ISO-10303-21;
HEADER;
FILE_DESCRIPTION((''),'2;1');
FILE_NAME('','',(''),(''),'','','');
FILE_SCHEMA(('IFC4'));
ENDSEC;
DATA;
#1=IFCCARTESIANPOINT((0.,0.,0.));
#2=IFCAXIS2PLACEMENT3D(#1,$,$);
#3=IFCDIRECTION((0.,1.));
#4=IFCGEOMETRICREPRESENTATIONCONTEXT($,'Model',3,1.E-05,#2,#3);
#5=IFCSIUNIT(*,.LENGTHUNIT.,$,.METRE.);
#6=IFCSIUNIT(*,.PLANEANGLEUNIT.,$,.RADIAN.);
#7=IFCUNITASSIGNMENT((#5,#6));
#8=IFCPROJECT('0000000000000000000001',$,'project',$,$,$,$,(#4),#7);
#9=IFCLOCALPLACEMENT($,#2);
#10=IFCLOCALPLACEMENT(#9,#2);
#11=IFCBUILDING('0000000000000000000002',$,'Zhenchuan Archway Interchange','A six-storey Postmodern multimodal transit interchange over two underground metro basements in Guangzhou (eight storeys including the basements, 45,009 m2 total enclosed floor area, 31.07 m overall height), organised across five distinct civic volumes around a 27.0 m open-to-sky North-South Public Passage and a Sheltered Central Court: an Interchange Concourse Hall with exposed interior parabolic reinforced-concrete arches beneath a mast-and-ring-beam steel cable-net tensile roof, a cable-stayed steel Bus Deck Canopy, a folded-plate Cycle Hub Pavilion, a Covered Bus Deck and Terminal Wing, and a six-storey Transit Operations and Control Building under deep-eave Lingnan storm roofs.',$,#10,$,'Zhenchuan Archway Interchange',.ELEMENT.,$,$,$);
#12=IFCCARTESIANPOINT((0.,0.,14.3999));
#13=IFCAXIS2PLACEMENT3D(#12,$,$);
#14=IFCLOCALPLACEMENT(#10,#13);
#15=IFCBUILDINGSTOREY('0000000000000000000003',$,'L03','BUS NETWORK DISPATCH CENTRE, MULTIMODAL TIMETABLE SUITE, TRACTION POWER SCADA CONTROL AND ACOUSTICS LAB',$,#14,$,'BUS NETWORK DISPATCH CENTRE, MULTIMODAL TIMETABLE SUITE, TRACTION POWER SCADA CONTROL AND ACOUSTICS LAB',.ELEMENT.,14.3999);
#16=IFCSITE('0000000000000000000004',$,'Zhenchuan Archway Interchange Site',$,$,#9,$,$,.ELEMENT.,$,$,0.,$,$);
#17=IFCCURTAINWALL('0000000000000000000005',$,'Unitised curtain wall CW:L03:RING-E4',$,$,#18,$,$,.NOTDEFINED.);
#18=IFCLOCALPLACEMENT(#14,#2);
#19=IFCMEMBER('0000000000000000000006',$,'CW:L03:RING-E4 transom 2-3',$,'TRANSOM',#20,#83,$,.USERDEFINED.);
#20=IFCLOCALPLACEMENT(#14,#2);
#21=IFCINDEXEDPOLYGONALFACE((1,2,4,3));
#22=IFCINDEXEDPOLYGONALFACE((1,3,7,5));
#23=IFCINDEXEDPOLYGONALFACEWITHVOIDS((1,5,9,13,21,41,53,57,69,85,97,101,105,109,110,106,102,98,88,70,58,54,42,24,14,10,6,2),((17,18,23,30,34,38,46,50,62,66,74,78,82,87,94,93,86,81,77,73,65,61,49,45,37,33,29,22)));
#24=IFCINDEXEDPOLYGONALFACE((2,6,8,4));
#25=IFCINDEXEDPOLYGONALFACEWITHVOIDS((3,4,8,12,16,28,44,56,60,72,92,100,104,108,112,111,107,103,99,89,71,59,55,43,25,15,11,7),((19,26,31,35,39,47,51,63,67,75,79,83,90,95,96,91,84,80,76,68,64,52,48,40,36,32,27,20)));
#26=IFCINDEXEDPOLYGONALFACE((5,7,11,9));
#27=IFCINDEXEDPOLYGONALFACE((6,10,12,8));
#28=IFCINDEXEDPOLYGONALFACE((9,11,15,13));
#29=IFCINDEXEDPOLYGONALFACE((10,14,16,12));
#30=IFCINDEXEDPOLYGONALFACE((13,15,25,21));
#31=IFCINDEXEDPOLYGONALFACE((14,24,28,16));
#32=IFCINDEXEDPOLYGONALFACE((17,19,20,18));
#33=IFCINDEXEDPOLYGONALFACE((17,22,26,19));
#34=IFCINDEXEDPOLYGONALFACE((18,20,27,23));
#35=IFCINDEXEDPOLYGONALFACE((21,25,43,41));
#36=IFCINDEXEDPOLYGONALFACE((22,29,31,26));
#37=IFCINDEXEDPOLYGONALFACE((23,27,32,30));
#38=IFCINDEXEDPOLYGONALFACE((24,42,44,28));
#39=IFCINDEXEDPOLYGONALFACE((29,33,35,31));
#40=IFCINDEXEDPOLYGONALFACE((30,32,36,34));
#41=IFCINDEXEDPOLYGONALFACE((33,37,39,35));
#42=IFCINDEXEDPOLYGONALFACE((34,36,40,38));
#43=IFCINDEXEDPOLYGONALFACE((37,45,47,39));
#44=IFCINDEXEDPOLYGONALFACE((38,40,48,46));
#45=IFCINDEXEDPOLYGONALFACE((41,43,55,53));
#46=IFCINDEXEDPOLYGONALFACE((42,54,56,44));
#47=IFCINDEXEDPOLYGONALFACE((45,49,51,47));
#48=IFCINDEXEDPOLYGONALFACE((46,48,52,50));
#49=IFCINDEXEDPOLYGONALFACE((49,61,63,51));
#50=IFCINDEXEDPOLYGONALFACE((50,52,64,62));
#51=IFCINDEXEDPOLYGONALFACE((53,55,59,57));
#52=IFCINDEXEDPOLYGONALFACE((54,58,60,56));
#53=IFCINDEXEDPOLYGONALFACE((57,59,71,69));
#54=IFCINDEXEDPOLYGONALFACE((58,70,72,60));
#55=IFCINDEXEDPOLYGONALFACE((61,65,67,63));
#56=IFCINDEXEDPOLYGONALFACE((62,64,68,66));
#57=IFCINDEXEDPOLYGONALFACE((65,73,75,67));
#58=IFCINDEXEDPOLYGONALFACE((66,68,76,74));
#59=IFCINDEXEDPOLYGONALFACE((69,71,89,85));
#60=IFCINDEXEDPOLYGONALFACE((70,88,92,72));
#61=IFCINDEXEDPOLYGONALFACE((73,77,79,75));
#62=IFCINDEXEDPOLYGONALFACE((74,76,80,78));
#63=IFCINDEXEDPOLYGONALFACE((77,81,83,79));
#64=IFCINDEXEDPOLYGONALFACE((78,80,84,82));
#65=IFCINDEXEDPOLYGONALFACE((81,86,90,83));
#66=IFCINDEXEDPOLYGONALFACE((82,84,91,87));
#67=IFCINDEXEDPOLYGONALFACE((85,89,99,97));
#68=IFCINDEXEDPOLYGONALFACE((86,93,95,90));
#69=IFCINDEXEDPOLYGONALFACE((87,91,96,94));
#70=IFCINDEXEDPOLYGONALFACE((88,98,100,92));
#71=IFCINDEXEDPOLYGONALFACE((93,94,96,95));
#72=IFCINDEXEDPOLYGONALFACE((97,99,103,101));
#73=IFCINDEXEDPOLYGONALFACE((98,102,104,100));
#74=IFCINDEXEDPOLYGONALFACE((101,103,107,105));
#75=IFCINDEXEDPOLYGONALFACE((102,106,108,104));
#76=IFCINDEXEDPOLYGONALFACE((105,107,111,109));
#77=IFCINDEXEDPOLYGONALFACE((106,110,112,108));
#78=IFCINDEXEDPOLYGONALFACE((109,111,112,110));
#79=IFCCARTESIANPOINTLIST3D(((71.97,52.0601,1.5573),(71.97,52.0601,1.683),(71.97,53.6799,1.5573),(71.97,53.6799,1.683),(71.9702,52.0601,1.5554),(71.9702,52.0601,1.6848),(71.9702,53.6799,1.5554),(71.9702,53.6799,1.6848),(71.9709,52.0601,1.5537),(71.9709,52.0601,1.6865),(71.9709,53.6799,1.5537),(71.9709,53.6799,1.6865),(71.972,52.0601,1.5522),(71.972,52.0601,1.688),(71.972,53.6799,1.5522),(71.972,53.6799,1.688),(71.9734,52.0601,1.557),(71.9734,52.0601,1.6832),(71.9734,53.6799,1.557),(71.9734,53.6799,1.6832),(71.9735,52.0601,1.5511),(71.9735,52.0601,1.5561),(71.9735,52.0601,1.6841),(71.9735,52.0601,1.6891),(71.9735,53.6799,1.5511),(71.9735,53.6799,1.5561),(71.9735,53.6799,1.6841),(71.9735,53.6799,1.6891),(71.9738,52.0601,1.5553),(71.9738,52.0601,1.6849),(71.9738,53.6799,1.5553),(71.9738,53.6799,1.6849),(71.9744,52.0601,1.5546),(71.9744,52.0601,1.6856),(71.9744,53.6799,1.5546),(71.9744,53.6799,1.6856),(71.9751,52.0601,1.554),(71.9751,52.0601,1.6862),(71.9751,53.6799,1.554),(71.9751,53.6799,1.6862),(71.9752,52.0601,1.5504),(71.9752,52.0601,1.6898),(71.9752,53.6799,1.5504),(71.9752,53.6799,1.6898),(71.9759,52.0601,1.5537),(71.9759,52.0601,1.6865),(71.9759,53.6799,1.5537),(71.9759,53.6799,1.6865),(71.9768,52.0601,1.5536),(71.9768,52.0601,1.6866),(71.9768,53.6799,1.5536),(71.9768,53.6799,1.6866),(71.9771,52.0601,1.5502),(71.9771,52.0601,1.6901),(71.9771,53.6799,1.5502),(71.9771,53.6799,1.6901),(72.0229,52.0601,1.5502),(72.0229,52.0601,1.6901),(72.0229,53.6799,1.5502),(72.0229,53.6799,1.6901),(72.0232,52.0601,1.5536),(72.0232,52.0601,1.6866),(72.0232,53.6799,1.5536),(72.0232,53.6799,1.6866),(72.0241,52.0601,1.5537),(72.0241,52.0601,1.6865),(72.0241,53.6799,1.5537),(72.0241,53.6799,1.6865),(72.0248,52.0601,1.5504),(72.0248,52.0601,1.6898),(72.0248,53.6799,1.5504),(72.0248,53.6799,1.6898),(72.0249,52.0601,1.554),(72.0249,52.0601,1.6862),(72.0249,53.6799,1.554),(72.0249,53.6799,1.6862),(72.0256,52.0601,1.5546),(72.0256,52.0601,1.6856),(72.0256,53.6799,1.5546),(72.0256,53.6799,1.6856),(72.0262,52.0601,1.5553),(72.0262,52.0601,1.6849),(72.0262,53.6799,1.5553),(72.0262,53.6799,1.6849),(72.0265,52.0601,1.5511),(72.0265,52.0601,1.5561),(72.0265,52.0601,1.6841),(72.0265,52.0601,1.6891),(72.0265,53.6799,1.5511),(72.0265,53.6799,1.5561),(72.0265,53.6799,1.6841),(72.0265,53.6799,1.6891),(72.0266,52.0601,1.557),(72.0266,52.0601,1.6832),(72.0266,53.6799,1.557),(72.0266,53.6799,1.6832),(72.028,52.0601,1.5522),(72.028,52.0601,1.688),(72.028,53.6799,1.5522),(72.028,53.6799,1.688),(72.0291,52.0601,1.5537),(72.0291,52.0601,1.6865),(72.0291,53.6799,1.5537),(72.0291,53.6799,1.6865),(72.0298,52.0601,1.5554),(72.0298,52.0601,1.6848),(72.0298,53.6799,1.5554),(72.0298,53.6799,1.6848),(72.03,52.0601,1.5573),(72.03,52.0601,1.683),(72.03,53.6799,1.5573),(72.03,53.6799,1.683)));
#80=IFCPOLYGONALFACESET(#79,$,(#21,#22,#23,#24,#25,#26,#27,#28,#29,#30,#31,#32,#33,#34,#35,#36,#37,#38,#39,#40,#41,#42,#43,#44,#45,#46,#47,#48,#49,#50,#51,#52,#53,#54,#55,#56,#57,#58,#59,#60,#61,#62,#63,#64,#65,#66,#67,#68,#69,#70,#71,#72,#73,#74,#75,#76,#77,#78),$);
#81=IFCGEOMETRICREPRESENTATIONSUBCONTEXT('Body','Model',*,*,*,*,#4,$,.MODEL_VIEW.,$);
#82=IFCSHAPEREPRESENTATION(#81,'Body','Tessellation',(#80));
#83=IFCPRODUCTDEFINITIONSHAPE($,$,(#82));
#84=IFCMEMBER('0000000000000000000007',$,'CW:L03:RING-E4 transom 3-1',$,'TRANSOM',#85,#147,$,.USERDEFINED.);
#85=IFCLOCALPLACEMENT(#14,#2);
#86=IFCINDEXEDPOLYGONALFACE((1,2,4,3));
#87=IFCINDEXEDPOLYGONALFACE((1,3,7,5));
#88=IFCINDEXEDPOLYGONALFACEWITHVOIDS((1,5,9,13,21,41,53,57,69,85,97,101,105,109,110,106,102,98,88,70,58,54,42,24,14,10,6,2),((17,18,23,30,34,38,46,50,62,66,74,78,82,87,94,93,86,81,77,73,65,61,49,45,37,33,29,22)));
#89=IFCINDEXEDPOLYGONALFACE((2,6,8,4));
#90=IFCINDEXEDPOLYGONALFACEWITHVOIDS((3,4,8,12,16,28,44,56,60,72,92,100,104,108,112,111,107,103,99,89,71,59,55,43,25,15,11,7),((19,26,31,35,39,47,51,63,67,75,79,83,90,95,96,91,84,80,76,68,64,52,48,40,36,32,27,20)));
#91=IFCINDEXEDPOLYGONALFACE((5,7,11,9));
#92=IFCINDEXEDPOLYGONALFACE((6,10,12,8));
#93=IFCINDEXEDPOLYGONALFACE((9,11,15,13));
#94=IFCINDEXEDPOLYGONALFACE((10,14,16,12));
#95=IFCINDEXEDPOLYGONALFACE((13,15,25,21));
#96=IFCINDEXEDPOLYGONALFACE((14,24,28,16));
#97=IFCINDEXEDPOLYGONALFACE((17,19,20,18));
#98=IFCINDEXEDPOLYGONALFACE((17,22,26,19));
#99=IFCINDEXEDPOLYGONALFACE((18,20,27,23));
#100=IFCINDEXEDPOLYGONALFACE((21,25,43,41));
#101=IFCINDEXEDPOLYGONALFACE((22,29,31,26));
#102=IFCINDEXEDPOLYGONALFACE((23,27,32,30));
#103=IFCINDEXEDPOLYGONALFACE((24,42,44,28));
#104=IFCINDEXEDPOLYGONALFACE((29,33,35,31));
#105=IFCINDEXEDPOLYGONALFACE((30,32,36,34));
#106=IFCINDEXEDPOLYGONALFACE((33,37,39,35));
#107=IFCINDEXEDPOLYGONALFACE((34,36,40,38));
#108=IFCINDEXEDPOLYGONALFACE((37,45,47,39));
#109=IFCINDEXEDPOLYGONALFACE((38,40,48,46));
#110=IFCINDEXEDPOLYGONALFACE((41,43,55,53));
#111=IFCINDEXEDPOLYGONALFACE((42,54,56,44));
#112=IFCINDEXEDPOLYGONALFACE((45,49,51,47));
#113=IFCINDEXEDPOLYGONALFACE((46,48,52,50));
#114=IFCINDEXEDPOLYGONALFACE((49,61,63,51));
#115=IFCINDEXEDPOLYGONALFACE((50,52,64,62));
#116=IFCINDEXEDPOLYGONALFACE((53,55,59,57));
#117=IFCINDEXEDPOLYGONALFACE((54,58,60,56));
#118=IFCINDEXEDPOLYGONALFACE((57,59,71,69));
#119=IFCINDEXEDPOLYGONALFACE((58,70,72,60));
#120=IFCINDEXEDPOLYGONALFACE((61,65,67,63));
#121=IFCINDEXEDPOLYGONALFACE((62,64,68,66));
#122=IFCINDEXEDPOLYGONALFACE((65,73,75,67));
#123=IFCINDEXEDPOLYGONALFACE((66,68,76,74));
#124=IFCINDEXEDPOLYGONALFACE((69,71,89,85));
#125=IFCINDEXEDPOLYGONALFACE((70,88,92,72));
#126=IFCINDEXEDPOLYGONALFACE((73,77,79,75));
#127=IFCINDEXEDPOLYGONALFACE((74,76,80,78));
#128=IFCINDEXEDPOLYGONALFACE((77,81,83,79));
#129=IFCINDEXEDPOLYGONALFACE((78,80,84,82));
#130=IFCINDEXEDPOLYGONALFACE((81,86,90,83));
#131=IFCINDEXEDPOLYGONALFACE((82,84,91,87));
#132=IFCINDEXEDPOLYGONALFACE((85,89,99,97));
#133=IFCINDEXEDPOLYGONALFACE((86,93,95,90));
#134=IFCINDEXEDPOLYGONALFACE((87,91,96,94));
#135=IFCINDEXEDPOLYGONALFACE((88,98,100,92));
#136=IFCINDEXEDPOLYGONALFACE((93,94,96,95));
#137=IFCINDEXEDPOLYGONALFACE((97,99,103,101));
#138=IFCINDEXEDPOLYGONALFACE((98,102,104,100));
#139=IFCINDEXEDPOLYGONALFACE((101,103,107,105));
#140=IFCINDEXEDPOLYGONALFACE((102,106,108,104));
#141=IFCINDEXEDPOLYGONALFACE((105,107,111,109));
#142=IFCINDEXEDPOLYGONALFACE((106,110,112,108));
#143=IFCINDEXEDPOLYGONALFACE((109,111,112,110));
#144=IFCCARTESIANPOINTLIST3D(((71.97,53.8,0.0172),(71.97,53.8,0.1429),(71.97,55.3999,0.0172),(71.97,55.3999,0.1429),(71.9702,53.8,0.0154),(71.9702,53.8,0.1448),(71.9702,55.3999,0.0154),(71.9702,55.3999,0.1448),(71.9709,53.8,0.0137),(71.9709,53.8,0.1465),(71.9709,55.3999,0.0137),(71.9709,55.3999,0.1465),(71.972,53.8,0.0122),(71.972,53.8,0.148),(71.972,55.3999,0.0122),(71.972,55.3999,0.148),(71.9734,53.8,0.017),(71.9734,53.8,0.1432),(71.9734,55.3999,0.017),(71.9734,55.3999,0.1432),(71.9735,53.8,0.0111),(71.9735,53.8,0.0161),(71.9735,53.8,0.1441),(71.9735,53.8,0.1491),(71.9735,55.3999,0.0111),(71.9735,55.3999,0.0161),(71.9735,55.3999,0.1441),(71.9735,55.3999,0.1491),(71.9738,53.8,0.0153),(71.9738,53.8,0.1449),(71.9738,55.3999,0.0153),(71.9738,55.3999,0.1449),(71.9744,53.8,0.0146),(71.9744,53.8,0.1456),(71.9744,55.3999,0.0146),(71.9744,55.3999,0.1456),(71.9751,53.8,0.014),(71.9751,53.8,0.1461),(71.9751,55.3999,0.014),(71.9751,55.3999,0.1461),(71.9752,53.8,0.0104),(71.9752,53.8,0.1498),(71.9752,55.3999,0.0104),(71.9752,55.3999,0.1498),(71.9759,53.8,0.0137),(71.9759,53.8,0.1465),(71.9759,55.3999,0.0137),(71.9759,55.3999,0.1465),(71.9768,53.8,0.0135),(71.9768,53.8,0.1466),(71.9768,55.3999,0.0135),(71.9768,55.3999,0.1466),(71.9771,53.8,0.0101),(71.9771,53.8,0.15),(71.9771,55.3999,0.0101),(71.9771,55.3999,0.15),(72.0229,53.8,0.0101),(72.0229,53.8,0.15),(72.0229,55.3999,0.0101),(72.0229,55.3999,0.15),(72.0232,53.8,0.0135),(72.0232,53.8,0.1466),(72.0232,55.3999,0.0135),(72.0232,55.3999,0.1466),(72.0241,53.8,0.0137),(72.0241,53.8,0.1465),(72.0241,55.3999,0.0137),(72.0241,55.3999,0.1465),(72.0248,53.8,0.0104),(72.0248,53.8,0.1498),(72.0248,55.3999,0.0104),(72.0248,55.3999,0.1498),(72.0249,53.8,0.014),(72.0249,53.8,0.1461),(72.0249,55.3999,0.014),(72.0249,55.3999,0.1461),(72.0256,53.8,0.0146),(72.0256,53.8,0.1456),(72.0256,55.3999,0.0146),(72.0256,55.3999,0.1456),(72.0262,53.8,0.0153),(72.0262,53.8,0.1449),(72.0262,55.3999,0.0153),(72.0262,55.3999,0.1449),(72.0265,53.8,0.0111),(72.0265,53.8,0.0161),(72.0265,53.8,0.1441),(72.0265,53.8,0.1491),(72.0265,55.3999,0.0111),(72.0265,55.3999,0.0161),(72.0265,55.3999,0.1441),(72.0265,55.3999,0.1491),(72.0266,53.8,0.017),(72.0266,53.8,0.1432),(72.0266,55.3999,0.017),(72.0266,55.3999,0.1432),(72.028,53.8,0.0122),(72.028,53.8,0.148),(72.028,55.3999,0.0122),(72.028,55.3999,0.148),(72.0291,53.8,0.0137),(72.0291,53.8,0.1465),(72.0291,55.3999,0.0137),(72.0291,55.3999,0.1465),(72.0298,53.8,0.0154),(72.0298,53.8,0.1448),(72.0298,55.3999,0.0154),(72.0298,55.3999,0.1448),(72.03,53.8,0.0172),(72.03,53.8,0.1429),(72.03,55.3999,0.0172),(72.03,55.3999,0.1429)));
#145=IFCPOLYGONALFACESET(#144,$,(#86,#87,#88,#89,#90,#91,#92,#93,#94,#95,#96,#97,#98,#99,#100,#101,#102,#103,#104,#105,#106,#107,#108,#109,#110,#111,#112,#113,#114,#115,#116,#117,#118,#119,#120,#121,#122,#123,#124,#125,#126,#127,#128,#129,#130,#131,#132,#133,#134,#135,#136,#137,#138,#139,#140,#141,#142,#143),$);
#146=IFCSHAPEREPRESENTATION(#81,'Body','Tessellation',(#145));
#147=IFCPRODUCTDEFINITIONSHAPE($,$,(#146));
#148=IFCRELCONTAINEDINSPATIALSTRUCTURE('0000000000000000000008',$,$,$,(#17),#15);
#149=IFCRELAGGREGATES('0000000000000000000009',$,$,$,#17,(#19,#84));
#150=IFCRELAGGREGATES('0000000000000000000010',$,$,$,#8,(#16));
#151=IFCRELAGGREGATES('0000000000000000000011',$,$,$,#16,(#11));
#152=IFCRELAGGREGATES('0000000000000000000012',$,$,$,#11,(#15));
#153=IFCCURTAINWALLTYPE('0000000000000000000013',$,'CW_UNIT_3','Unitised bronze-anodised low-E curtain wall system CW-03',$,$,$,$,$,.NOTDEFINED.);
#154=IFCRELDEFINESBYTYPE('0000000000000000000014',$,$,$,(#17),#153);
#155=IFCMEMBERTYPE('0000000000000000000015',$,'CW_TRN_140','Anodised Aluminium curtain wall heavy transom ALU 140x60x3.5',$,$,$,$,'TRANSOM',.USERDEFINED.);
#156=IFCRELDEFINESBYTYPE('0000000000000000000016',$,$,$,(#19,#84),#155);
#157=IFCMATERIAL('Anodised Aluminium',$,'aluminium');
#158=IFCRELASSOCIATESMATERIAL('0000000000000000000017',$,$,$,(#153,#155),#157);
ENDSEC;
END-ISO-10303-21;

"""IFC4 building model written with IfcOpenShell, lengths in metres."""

from ifc_helpers import new_model, si_unit, direction, frame, origin, origin_2d, place, context, subcontext, project, spatial, hollow_rectangle, extrude, material, material_profile, profile_set, type_object, element, aggregate, save


model = new_model("IFC4")

# Units and contexts
model_context = context("Model", 3, precision=1e-05, world=origin(), true_north=direction((0.0, 1.0)))
body_context = subcontext(model_context, "Body", "Model", "MODEL_VIEW")
ifc_project = project(units=[si_unit("LENGTHUNIT", "METRE"), si_unit("PLANEANGLEUNIT", "RADIAN")], contexts=[model_context])

# Site, building, storey
site_placement = place(None, origin())
site = spatial("IfcSite", under=ifc_project, at=site_placement, Name="Zhenchuan Archway Interchange Site", CompositionType="ELEMENT", RefElevation=0.0)
building_placement = place(site_placement, origin())
building = spatial("IfcBuilding", under=site, at=building_placement, Name="Zhenchuan Archway Interchange", Description="A six-storey Postmodern multimodal transit interchange over two underground metro basements in Guangzhou (eight storeys including the basements, 45,009 m2 total enclosed floor area, 31.07 m overall height), organised across five distinct civic volumes around a 27.0 m open-to-sky North-South Public Passage and a Sheltered Central Court: an Interchange Concourse Hall with exposed interior parabolic reinforced-concrete arches beneath a mast-and-ring-beam steel cable-net tensile roof, a cable-stayed steel Bus Deck Canopy, a folded-plate Cycle Hub Pavilion, a Covered Bus Deck and Terminal Wing, and a six-storey Transit Operations and Control Building under deep-eave Lingnan storm roofs.", LongName="Zhenchuan Archway Interchange", CompositionType="ELEMENT")
storey_placement = place(building_placement, frame((0.0, 0.0, 14.3999)))
storey = spatial("IfcBuildingStorey", under=building, at=storey_placement, Name="L03", Description="BUS NETWORK DISPATCH CENTRE, MULTIMODAL TIMETABLE SUITE, TRACTION POWER SCADA CONTROL AND ACOUSTICS LAB", LongName="BUS NETWORK DISPATCH CENTRE, MULTIMODAL TIMETABLE SUITE, TRACTION POWER SCADA CONTROL AND ACOUSTICS LAB", CompositionType="ELEMENT", Elevation=14.3999)

# Shared definitions
ifc_material_1 = material(Name="Anodised Aluminium", Category="aluminium")
curtain_wall_type = type_object("IfcCurtainWallType", Name="CW_UNIT_3", Description="Unitised bronze-anodised low-E curtain wall system CW-03", PredefinedType="NOTDEFINED", material=ifc_material_1)

# Curtain wall
curtain_wall_1_placement = place(storey_placement, origin())
curtain_wall_1 = element("IfcCurtainWall", 1, at=curtain_wall_1_placement, inside=storey, type_object=curtain_wall_type, Name="Unitised curtain wall CW:L03:RING-E4", PredefinedType="NOTDEFINED")

# Members
ifc_material_profile_1 = material_profile(ifc_material_1, hollow_rectangle(XDim=0.0601, YDim=0.1399, WallThickness=0.0034, InnerFilletRadius=0.0034, OuterFilletRadius=0.0071, at=origin_2d()), Name="ALU 140x60x3.5")
ifc_profile_set_1 = profile_set([ifc_material_profile_1], Name="Anodised Aluminium")
member_type_1 = type_object("IfcMemberType", Name="CW_TRN_140", Description="Anodised Aluminium curtain wall heavy transom ALU 140x60x3.5", ElementType="TRANSOM", PredefinedType="USERDEFINED", material=ifc_profile_set_1)
member_1_placement = place(storey_placement, frame((72.0, 52.0601, 1.6201), z_axis=(0.0, 1.0, 0.0), x_axis=(-1.0, 0.0, 0.0)))
member_1 = element("IfcMember", 2, at=member_1_placement, type_object=member_type_1, Name="CW:L03:RING-E4 transom 2-3", ObjectType="TRANSOM", PredefinedType="USERDEFINED", context=body_context, shape_type="SweptSolid", body=[
    extrude(hollow_rectangle(XDim=0.0601, YDim=0.1399, WallThickness=0.0034, InnerFilletRadius=0.0034, OuterFilletRadius=0.0071, at=origin_2d()), origin(), (0.0, 0.0, 1.0), 1.6199),
])
member_2_placement = place(storey_placement, frame((72.0, 53.8, 0.0801), z_axis=(0.0, 1.0, 0.0), x_axis=(-1.0, 0.0, 0.0)))
member_2 = element("IfcMember", 3, at=member_2_placement, type_object=member_type_1, Name="CW:L03:RING-E4 transom 3-1", ObjectType="TRANSOM", PredefinedType="USERDEFINED", context=body_context, shape_type="SweptSolid", body=[
    extrude(hollow_rectangle(XDim=0.0601, YDim=0.1399, WallThickness=0.0034, InnerFilletRadius=0.0034, OuterFilletRadius=0.0071, at=origin_2d()), origin(), (0.0, 0.0, 1.0), 1.5999),
])

aggregate(curtain_wall_1, [member_1, member_2])

save(model, "model.ifc")
